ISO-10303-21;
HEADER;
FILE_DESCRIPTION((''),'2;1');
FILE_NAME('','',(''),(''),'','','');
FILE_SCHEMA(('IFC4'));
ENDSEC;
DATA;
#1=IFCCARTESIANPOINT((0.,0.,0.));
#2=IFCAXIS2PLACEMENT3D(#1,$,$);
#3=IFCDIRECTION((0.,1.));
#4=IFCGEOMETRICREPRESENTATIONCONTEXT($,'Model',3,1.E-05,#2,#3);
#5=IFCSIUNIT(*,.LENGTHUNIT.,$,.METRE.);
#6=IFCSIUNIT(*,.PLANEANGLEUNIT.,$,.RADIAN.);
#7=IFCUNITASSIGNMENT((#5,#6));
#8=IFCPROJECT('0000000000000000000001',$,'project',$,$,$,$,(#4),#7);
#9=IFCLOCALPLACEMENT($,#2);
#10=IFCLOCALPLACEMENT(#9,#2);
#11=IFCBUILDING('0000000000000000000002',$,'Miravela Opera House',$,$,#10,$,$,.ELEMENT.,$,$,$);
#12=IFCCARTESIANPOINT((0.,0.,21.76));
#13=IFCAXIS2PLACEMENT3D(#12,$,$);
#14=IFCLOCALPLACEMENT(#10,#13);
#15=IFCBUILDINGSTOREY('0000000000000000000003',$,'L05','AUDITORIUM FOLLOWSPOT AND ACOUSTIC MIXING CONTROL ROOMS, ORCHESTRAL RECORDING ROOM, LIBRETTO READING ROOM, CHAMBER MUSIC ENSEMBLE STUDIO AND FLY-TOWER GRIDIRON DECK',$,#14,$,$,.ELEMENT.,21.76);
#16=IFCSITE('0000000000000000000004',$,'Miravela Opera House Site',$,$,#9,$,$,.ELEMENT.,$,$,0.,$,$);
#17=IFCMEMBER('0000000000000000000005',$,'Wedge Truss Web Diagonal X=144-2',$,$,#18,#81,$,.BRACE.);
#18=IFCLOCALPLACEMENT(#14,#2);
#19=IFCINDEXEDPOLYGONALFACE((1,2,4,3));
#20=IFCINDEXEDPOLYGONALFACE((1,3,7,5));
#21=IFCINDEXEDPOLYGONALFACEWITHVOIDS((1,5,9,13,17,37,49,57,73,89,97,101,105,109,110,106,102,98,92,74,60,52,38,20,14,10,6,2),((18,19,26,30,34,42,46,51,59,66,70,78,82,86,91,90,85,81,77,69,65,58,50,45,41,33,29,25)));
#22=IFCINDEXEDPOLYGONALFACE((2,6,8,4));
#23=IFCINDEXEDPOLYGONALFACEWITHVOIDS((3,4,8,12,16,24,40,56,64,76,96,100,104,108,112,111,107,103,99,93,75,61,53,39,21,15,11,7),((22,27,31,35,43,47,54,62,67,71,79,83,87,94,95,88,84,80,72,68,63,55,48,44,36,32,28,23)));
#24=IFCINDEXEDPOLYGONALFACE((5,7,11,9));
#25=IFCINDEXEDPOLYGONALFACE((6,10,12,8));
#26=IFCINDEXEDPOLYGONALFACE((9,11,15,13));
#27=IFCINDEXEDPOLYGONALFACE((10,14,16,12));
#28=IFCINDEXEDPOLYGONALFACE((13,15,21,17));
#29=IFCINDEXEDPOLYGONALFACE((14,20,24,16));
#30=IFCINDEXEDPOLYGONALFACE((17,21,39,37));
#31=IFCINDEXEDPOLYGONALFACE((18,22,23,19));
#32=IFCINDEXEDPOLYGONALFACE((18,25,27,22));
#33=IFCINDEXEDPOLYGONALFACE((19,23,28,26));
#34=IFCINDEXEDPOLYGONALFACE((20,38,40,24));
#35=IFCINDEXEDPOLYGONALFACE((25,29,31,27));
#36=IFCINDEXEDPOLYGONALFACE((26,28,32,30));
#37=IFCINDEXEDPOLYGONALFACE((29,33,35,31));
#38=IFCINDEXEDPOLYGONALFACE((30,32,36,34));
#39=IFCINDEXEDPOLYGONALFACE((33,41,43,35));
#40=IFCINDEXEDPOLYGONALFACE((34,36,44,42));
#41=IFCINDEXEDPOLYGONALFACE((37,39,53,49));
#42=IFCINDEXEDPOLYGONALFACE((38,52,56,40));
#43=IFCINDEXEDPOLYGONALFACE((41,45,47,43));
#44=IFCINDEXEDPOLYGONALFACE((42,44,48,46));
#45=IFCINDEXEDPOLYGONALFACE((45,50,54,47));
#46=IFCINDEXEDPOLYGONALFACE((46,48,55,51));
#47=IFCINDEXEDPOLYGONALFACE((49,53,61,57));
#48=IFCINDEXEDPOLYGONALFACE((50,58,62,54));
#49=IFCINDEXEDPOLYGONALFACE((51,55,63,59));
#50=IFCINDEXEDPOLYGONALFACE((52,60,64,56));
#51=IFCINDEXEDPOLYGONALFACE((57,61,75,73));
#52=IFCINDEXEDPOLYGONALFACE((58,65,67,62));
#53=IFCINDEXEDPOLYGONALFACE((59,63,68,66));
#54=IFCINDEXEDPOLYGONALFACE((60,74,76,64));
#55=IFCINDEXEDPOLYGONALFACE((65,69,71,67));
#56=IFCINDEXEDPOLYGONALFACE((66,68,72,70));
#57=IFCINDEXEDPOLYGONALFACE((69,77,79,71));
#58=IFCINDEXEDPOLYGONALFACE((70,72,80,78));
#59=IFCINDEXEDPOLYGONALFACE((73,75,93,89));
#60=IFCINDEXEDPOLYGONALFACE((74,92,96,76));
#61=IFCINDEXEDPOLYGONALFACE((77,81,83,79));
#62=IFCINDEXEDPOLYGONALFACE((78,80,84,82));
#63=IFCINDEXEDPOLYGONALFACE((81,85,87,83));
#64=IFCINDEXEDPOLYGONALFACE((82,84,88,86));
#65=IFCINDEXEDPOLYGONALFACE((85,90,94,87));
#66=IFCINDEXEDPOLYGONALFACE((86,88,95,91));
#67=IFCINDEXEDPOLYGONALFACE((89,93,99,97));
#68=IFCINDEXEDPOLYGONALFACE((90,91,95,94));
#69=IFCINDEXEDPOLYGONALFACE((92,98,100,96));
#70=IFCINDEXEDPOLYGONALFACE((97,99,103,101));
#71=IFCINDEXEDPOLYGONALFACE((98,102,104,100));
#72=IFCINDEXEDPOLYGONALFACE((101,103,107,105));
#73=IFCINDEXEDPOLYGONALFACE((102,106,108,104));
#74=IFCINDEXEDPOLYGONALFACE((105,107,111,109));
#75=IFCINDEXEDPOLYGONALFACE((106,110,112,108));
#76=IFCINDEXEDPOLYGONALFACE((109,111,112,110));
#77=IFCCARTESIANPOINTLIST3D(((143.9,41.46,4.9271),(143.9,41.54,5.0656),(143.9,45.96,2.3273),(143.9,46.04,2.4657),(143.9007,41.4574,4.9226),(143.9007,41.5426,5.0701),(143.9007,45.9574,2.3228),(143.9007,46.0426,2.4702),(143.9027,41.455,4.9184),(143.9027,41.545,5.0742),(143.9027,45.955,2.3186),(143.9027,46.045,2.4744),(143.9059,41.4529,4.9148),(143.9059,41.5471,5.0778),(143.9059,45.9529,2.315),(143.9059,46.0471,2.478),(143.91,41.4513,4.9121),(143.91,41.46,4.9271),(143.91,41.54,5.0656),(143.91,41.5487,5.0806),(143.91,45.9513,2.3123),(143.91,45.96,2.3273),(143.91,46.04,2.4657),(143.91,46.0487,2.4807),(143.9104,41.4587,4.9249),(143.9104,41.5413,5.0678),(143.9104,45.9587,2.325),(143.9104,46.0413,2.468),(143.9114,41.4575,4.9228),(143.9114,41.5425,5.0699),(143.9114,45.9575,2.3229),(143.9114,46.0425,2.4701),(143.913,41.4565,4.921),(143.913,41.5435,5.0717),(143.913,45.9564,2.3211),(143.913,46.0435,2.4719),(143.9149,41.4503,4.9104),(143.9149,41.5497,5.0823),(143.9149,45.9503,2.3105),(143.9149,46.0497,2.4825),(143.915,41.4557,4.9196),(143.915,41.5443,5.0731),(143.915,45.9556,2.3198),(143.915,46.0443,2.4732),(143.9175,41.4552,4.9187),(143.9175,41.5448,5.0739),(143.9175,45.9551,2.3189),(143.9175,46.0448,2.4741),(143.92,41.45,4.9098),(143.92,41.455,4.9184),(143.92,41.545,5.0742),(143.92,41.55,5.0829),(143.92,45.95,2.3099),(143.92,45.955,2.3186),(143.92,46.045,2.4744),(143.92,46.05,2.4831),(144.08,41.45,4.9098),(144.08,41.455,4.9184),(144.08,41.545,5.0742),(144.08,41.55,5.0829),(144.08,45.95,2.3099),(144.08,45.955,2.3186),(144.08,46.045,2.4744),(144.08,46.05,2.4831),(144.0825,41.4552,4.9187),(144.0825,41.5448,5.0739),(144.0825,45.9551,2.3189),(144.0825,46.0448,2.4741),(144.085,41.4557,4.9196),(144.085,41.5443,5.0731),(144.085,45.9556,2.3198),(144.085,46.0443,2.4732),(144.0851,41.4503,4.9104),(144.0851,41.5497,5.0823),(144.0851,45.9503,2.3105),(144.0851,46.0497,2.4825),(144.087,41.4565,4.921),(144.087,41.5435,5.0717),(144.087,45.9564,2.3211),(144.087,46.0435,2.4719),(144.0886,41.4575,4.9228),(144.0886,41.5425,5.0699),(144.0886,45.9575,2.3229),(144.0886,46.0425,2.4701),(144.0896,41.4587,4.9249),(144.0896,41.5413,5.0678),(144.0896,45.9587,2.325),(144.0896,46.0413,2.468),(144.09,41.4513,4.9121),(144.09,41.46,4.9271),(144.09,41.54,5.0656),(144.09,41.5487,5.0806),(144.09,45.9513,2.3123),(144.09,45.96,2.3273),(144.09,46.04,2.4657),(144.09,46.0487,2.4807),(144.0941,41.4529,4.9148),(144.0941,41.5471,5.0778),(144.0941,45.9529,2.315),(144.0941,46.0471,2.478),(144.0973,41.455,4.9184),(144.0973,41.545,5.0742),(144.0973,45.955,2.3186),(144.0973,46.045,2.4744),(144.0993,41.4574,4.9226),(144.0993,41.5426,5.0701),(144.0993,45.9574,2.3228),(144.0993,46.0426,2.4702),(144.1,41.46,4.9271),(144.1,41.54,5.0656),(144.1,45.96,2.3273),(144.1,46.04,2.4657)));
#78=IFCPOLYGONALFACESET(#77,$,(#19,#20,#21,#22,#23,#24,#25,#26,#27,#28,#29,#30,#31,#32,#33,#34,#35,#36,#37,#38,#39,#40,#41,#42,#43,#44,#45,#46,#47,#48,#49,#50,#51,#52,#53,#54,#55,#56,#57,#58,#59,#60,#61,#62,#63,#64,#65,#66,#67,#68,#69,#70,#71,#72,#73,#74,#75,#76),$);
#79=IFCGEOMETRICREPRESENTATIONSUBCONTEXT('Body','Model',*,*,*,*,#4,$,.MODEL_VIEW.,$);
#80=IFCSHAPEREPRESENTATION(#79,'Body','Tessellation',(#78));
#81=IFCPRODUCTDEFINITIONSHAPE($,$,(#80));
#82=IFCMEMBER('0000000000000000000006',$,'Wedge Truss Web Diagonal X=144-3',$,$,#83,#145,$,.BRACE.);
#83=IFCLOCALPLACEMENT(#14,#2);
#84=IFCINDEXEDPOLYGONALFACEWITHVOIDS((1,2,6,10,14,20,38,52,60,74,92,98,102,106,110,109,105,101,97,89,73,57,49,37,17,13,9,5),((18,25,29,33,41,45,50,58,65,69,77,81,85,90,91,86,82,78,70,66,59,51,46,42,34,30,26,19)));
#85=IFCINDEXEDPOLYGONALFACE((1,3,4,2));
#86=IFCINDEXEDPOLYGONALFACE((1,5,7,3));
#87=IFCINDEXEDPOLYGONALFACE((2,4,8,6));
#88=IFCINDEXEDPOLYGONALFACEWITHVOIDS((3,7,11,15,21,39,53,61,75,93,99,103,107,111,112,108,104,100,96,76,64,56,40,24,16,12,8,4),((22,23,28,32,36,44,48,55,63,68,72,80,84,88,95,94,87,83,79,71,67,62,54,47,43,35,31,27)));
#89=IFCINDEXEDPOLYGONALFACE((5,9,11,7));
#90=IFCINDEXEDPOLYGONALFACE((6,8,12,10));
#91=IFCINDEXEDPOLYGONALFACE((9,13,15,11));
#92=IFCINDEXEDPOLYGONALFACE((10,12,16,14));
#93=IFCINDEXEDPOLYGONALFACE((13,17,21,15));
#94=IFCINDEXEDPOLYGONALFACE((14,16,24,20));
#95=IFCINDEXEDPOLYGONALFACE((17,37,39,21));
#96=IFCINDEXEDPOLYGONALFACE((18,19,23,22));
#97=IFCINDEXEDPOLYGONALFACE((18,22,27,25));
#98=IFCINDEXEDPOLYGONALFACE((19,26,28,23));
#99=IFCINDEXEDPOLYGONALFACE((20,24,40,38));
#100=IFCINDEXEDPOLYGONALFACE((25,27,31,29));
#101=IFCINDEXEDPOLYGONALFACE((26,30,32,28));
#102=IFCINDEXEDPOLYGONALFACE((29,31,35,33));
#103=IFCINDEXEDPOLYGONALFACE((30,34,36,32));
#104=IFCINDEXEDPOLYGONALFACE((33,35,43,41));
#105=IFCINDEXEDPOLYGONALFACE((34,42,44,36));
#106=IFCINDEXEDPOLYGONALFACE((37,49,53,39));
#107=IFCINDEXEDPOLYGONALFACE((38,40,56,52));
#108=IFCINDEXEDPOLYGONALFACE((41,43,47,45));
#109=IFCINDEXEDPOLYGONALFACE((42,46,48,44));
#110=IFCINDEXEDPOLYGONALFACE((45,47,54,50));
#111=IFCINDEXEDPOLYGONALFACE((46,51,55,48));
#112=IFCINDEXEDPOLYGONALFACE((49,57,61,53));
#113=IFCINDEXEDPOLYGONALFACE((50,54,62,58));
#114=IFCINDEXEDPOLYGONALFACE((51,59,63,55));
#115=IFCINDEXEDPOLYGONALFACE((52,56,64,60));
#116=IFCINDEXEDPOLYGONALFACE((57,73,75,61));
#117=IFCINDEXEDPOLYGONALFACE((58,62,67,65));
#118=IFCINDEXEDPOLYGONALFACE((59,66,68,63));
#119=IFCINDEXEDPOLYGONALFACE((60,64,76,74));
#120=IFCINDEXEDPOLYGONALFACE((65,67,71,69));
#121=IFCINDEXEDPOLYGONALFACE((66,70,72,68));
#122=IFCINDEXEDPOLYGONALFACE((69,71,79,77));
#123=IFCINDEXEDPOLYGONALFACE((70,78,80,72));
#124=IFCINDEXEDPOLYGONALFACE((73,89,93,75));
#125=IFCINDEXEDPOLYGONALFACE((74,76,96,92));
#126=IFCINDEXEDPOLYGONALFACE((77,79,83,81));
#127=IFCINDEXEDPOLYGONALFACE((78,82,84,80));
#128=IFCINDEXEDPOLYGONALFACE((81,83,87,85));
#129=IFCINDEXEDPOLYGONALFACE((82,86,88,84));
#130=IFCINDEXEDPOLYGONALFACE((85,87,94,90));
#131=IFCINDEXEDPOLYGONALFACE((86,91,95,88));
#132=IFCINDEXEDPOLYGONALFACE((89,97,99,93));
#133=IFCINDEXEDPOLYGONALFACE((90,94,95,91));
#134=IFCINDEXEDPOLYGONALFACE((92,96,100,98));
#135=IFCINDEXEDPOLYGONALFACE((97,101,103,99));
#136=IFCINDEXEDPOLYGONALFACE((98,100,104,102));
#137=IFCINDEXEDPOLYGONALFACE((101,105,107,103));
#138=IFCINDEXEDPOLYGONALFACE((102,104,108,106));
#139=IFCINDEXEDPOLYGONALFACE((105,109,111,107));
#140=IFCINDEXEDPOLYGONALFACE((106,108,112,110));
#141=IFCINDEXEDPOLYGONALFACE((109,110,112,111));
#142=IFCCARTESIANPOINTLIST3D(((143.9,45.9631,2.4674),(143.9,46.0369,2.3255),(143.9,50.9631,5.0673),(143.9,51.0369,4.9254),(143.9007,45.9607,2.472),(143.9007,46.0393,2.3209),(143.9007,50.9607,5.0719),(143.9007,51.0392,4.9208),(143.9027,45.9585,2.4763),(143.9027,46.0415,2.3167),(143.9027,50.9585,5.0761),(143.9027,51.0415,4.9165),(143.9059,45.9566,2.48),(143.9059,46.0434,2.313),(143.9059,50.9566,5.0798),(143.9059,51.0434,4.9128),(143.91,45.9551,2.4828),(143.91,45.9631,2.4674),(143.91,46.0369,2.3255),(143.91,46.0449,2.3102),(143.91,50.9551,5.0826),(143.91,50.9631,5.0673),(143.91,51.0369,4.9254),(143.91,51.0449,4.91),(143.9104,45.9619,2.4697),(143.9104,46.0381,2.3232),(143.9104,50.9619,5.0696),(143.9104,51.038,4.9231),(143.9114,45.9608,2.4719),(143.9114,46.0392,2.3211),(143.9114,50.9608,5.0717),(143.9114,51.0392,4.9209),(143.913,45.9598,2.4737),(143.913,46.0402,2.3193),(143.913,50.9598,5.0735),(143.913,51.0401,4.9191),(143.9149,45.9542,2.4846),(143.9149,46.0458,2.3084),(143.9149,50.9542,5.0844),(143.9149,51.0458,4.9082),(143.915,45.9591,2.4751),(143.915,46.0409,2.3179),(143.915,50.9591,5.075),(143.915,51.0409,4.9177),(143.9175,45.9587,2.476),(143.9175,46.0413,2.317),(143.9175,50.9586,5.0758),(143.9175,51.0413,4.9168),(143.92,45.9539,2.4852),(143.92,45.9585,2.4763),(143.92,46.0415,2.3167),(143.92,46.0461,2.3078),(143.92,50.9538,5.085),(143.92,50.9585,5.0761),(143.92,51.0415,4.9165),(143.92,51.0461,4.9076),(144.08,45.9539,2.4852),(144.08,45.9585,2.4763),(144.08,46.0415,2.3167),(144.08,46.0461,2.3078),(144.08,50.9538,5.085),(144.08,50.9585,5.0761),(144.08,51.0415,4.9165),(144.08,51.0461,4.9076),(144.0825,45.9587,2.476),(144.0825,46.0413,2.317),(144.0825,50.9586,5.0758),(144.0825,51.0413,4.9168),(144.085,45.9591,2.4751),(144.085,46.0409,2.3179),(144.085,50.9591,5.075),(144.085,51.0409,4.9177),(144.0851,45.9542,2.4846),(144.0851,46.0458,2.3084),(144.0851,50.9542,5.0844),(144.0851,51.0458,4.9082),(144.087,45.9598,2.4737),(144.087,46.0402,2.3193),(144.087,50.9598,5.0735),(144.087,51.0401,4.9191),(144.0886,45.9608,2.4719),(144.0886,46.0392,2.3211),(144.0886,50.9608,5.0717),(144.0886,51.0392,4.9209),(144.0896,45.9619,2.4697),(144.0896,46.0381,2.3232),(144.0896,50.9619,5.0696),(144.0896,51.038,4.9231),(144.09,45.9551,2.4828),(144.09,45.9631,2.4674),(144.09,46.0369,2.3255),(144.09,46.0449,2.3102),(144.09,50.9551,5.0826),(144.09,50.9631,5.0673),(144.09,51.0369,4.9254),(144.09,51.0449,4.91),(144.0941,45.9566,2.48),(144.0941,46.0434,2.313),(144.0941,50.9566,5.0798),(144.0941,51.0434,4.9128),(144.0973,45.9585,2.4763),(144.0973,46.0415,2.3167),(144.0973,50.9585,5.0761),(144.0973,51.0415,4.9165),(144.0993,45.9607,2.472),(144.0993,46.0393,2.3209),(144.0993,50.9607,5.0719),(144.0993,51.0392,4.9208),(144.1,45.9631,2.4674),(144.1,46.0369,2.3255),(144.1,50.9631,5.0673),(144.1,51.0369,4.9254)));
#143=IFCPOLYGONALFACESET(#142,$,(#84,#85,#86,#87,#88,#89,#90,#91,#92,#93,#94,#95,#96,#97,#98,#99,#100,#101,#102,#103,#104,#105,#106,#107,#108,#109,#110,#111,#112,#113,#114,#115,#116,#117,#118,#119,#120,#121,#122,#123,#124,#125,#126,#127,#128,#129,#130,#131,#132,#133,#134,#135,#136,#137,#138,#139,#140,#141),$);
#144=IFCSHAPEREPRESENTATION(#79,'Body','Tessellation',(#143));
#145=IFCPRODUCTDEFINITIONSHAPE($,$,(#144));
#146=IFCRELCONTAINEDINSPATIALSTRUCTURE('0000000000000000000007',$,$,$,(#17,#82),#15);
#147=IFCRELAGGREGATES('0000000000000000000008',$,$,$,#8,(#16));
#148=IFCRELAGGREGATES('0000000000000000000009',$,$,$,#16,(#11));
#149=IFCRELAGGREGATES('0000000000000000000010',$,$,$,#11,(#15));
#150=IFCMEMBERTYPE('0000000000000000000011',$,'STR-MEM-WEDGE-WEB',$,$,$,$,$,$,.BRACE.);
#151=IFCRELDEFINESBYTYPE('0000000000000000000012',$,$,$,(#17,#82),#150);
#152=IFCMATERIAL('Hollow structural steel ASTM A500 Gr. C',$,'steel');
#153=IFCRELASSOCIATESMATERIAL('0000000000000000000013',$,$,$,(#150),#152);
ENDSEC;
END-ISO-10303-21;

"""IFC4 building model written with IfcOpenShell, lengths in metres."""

from ifc_helpers import new_model, si_unit, direction, frame, origin, origin_2d, place, context, subcontext, project, spatial, hollow_rectangle, extrude, material, material_profile, profile_set, type_object, element, save


model = new_model("IFC4")

# Units and contexts
model_context = context("Model", 3, precision=1e-05, world=origin(), true_north=direction((0.0, 1.0)))
body_context = subcontext(model_context, "Body", "Model", "MODEL_VIEW")
ifc_project = project(units=[si_unit("LENGTHUNIT", "METRE"), si_unit("PLANEANGLEUNIT", "RADIAN")], contexts=[model_context])

# Site, building, storey
site_placement = place(None, origin())
site = spatial("IfcSite", under=ifc_project, at=site_placement, Name="Miravela Opera House Site", CompositionType="ELEMENT", RefElevation=0.0)
building_placement = place(site_placement, origin())
building = spatial("IfcBuilding", under=site, at=building_placement, Name="Miravela Opera House", CompositionType="ELEMENT")
storey_placement = place(building_placement, frame((0.0, 0.0, 21.76)))
storey = spatial("IfcBuildingStorey", under=building, at=storey_placement, Name="L05", Description="AUDITORIUM FOLLOWSPOT AND ACOUSTIC MIXING CONTROL ROOMS, ORCHESTRAL RECORDING ROOM, LIBRETTO READING ROOM, CHAMBER MUSIC ENSEMBLE STUDIO AND FLY-TOWER GRIDIRON DECK", CompositionType="ELEMENT", Elevation=21.76)

# Members
ifc_material_1 = material(Name="Hollow structural steel ASTM A500 Gr. C", Category="steel")
ifc_material_profile_1 = material_profile(ifc_material_1, hollow_rectangle(XDim=0.2, YDim=0.2, WallThickness=0.01, InnerFilletRadius=0.01, OuterFilletRadius=0.02, at=origin_2d()), Name="HSS200X200X10")
ifc_profile_set_1 = profile_set([ifc_material_profile_1])
member_type_1 = type_object("IfcMemberType", Name="STR-MEM-WEDGE-WEB", PredefinedType="BRACE", material=ifc_profile_set_1)
for number, where, z_axis, x_axis, name in (
    (1, (144.0, 41.5, 4.9963), (0.0, 0.865877, -0.500256), (-1.0, 0.0, 0.0), "Wedge Truss Web Diagonal X=144-2"),
):
    element("IfcMember", number, at=place(storey_placement, frame(where, z_axis=z_axis, x_axis=x_axis)), inside=storey, type_object=member_type_1, Name=name, PredefinedType="BRACE", context=body_context, shape_type="SweptSolid", body=[
        extrude(hollow_rectangle(XDim=0.2, YDim=0.2, WallThickness=0.01, InnerFilletRadius=0.01, OuterFilletRadius=0.02, at=origin_2d()), origin(), (0.0, 0.0, 1.0), 5.197),
    ])
for number, where, z_axis, x_axis, name in (
    (2, (144.0, 46.0, 2.3965), (0.0, 0.887227, 0.461332), (-1.0, 0.0, 0.0), "Wedge Truss Web Diagonal X=144-3"),
):
    element("IfcMember", number, at=place(storey_placement, frame(where, z_axis=z_axis, x_axis=x_axis)), inside=storey, type_object=member_type_1, Name=name, PredefinedType="BRACE", context=body_context, shape_type="SweptSolid", body=[
        extrude(hollow_rectangle(XDim=0.2, YDim=0.2, WallThickness=0.01, InnerFilletRadius=0.01, OuterFilletRadius=0.02, at=origin_2d()), origin(), (0.0, 0.0, 1.0), 5.6355),
    ])

save(model, "model.ifc")
